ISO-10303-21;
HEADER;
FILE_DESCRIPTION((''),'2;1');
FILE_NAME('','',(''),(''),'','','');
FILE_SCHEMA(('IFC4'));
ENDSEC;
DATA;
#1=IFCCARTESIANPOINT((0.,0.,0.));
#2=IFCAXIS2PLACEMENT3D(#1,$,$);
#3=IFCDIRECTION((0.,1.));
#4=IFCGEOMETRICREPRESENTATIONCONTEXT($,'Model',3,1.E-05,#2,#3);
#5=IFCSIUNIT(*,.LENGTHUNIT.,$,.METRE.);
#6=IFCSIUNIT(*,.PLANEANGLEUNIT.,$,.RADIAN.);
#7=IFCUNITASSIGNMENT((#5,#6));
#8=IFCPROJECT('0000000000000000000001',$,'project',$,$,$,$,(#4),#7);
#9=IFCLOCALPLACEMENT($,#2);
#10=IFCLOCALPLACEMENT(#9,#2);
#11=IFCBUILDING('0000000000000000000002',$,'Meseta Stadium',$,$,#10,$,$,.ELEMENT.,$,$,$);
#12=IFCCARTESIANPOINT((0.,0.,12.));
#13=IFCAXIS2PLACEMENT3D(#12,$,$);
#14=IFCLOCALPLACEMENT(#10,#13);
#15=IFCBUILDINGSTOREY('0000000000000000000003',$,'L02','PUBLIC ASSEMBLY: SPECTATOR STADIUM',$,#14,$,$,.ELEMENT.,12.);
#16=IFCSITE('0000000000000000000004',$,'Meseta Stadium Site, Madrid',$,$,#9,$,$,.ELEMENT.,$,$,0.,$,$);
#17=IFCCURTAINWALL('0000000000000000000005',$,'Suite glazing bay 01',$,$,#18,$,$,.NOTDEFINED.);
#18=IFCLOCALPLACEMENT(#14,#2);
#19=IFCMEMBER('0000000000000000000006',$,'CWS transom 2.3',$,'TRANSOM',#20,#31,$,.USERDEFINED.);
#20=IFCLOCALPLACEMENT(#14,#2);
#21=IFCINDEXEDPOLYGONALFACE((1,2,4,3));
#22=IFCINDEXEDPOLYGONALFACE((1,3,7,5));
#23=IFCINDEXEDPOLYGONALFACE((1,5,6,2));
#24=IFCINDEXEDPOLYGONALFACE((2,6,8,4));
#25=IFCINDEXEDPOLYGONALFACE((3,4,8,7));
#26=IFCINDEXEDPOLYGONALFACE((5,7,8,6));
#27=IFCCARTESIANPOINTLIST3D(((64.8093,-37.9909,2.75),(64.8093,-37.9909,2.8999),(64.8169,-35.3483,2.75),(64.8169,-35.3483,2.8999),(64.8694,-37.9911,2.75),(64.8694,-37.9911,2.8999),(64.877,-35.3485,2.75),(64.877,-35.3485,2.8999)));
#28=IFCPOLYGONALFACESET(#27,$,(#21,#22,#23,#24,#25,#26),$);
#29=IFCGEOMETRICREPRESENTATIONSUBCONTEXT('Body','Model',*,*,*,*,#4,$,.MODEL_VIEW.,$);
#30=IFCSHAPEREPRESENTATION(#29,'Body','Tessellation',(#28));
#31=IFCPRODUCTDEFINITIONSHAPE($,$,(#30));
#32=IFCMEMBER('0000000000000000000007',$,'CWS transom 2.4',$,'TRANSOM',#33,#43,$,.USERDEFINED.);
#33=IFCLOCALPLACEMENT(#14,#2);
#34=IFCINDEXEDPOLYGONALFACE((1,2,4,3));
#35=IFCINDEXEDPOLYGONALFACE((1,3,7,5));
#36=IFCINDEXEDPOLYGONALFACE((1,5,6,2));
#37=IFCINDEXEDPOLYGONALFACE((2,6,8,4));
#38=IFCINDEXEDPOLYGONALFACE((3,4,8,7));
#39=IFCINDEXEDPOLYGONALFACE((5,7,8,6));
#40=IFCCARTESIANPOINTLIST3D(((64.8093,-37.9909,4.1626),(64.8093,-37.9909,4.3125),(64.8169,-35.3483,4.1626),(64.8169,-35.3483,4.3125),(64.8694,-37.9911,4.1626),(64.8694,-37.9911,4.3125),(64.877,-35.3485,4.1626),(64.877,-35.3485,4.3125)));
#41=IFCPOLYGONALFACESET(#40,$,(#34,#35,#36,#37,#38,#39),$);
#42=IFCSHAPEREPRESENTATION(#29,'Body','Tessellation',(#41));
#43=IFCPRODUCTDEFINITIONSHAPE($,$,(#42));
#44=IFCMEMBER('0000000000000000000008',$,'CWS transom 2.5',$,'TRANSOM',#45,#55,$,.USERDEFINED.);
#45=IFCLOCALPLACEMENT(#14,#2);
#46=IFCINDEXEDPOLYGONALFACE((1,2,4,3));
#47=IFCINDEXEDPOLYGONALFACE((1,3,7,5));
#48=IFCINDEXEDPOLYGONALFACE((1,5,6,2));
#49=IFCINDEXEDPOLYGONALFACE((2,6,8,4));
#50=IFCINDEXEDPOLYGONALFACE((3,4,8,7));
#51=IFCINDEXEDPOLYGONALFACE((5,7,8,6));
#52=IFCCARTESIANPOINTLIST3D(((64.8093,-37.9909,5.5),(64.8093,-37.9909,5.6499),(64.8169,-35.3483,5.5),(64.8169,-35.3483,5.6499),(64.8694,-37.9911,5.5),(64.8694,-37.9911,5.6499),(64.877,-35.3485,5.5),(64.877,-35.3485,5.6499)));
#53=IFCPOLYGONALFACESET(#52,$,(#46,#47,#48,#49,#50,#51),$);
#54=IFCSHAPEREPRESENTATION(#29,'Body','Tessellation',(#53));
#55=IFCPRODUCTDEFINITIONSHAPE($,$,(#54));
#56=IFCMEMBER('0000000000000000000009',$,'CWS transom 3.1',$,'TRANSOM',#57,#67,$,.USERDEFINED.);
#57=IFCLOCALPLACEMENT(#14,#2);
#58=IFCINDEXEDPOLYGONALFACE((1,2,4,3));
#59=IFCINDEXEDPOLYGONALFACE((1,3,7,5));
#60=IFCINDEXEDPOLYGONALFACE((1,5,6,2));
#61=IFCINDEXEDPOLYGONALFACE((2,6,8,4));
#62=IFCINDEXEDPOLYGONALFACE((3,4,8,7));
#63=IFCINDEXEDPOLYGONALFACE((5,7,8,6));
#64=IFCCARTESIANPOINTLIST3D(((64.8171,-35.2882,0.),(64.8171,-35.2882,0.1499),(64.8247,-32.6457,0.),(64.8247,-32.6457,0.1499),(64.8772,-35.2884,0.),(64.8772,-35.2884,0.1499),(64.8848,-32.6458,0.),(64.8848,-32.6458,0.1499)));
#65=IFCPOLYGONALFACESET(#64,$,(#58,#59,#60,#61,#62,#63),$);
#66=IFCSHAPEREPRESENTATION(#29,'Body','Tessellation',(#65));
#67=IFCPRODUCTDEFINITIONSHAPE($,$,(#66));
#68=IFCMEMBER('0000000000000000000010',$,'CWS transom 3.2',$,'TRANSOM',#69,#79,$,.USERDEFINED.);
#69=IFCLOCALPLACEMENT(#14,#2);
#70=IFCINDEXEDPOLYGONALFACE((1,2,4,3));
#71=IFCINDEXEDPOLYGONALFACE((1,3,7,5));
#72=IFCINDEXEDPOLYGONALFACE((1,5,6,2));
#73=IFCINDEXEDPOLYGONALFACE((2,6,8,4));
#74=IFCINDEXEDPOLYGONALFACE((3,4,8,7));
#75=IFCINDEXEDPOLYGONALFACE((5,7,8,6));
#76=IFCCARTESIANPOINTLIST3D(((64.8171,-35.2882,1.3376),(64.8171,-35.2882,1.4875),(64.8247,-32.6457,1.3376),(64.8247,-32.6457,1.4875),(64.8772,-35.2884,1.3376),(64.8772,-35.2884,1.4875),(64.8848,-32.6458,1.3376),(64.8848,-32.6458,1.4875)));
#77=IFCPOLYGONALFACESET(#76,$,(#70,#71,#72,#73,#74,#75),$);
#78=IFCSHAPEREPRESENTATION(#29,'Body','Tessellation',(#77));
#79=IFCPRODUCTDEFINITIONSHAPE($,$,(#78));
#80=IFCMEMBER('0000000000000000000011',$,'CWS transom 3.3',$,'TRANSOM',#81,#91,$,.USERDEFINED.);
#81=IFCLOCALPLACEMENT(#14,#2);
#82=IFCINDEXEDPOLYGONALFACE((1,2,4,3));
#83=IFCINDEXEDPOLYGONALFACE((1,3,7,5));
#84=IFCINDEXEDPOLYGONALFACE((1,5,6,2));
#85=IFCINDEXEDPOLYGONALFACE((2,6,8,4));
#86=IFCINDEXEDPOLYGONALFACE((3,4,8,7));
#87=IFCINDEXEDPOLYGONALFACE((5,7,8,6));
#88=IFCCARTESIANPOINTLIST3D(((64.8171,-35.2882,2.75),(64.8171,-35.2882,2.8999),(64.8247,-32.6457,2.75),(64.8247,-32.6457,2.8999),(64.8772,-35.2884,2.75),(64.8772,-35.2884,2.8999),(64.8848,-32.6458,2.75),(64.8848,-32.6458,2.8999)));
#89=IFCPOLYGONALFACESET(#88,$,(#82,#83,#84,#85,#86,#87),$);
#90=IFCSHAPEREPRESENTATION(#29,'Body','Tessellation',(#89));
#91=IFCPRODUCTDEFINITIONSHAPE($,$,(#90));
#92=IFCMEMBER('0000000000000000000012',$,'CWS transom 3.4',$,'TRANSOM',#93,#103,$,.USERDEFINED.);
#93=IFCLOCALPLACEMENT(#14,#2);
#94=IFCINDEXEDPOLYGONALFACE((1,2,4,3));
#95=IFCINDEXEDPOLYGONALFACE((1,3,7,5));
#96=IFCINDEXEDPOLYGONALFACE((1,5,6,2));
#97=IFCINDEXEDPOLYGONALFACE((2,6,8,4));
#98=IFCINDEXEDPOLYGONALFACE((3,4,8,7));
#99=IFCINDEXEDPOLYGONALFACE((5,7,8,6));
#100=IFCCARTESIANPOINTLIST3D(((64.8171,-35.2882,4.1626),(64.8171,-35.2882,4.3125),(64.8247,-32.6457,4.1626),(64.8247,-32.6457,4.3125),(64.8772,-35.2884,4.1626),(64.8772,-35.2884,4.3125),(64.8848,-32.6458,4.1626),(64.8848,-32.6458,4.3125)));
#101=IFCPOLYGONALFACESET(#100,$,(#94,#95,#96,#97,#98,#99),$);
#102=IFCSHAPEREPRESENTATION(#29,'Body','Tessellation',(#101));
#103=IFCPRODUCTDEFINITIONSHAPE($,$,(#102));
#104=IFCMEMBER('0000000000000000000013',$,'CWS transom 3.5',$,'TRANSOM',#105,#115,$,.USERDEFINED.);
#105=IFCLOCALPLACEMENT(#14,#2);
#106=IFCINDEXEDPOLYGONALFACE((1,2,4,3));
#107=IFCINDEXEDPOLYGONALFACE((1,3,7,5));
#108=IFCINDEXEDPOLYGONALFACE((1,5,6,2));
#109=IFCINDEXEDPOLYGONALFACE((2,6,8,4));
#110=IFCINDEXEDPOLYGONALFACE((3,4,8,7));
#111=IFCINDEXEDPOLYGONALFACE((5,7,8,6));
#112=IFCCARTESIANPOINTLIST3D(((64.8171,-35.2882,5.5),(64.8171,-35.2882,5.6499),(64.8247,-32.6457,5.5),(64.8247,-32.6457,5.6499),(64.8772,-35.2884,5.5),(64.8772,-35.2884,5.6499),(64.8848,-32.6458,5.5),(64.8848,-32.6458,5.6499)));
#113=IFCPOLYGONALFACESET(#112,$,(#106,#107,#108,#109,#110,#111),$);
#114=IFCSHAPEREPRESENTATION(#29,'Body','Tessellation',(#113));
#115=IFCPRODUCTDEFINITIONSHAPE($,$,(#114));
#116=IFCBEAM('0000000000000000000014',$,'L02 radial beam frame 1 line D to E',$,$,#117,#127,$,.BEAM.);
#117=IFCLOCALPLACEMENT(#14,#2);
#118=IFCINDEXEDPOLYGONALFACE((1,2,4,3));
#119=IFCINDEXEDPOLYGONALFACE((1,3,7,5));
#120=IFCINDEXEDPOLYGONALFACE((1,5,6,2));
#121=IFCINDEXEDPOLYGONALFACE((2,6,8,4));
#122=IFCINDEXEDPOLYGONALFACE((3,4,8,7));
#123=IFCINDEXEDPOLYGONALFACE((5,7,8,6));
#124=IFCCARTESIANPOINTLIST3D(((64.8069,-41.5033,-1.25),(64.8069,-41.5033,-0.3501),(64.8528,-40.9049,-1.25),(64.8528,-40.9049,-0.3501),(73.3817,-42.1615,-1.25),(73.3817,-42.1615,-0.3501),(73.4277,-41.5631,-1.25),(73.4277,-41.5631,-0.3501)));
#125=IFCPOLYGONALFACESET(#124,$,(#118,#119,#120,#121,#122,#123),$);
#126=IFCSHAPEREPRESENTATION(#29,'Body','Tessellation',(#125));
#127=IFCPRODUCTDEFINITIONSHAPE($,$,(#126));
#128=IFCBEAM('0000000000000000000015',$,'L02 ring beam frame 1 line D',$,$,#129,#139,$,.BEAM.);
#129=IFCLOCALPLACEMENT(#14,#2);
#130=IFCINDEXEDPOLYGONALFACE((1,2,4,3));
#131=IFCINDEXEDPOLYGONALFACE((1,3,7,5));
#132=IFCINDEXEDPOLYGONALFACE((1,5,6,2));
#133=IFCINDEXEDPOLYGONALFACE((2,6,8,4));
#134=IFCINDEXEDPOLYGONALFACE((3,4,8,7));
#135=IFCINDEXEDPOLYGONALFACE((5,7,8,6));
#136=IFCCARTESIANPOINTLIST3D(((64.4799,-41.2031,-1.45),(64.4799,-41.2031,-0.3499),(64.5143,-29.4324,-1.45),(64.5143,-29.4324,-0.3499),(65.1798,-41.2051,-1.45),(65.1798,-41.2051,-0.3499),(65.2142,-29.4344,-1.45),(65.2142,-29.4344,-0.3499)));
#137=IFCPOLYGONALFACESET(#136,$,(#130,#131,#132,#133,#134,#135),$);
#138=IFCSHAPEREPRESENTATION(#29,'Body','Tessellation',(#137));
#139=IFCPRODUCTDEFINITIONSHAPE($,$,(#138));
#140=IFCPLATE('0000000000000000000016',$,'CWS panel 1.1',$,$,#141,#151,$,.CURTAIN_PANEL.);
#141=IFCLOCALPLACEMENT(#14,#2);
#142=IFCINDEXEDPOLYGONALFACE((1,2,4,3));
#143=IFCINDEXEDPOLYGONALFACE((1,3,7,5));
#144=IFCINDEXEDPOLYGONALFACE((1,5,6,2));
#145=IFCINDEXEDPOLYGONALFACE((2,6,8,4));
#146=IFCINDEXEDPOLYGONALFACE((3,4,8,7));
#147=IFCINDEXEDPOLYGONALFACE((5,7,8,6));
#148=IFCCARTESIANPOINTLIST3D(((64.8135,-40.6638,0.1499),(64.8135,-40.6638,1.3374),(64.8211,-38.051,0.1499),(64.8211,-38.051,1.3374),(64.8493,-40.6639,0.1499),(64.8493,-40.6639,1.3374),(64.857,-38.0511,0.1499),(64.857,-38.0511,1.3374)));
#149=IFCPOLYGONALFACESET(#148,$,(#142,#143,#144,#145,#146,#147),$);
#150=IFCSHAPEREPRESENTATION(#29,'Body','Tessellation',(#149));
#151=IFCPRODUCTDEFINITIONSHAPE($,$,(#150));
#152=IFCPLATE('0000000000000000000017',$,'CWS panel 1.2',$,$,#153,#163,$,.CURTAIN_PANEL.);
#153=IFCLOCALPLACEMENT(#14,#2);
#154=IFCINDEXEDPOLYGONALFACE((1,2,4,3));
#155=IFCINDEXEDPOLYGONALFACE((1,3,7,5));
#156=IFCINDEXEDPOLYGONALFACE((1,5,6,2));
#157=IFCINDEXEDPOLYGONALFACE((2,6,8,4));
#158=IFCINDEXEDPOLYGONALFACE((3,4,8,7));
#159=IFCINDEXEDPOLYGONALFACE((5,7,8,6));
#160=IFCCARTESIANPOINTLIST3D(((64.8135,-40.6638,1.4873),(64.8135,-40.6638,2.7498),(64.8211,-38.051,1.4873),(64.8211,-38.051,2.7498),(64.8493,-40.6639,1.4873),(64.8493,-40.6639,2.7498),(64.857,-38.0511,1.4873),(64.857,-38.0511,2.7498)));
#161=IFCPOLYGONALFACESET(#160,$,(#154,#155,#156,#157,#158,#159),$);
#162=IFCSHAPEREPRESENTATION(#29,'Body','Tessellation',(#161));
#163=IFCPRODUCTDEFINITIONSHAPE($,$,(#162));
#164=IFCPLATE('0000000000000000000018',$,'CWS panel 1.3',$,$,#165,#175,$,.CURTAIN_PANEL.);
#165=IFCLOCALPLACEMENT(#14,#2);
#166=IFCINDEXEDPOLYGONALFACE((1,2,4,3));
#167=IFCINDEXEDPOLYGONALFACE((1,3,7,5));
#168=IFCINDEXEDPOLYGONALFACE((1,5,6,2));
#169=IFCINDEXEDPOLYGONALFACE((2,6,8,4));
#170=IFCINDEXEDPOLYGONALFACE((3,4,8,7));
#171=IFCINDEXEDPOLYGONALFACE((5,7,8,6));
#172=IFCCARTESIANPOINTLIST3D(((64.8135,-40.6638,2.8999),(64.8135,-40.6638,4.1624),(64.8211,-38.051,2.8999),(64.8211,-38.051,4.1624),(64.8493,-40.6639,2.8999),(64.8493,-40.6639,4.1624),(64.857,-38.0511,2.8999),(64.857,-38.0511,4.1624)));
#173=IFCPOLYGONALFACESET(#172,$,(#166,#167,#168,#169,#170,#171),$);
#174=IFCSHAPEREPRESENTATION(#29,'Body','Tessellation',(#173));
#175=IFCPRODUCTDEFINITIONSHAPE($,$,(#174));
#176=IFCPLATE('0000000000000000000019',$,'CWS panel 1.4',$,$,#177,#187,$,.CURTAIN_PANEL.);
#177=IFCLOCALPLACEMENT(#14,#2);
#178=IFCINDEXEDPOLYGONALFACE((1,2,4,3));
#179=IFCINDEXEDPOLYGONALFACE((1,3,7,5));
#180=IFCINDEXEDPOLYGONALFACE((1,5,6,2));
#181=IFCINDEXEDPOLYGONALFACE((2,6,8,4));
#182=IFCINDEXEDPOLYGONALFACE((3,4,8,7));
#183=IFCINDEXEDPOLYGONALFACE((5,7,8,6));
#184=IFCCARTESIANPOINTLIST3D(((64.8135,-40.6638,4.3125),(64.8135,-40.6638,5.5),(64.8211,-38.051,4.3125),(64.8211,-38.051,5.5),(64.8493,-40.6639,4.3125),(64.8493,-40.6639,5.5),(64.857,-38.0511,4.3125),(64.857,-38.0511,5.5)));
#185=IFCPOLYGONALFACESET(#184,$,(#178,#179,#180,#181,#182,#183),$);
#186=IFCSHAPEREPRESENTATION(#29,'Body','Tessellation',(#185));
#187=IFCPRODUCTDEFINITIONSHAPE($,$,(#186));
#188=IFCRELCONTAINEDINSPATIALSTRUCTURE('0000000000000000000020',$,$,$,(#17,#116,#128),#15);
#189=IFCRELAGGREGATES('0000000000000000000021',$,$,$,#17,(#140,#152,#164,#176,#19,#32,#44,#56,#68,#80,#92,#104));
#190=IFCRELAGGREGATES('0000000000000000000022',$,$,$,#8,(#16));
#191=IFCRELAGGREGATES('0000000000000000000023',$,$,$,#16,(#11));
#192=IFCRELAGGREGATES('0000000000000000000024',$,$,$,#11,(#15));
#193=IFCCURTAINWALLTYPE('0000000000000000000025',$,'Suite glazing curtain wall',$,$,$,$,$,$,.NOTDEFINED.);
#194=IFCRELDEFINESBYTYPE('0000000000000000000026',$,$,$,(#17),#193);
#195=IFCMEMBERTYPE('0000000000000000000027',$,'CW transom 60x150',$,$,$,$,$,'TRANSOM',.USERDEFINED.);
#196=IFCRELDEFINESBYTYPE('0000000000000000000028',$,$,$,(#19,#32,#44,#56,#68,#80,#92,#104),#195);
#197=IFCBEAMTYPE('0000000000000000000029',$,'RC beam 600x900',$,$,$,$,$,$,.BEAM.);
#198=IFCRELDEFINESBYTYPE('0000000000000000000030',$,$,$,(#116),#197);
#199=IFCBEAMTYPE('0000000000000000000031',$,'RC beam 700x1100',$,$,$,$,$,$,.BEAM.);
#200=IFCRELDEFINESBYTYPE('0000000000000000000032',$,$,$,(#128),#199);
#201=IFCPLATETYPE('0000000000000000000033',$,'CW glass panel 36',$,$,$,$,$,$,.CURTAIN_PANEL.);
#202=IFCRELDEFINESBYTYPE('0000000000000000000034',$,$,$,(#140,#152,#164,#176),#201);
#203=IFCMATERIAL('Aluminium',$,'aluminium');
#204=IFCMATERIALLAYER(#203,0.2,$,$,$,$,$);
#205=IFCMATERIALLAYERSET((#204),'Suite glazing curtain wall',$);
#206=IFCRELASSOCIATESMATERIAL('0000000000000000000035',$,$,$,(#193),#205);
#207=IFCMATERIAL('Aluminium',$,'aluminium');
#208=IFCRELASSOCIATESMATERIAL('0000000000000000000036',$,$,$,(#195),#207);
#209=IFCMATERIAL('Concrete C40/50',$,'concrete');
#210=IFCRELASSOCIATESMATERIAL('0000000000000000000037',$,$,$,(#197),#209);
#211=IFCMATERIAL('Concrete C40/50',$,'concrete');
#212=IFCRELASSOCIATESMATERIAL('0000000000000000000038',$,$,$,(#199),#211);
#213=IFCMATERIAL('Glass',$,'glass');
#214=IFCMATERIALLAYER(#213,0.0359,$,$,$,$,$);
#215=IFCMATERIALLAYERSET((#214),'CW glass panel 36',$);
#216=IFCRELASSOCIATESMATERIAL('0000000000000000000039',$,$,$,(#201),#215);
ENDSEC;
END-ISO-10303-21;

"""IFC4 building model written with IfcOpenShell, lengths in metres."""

from ifc_helpers import new_model, si_unit, direction, frame, origin, origin_2d, place, context, subcontext, project, spatial, rectangle, extrude, material, layer, layer_set, material_profile, profile_set, type_object, element, aggregate, save


model = new_model("IFC4")

# Units and contexts
model_context = context("Model", 3, precision=1e-05, world=origin(), true_north=direction((0.0, 1.0)))
body_context = subcontext(model_context, "Body", "Model", "MODEL_VIEW")
ifc_project = project(units=[si_unit("LENGTHUNIT", "METRE"), si_unit("PLANEANGLEUNIT", "RADIAN")], contexts=[model_context])

# Site, building, storey
site_placement = place(None, origin())
site = spatial("IfcSite", under=ifc_project, at=site_placement, Name="Meseta Stadium Site, Madrid", CompositionType="ELEMENT", RefElevation=0.0)
building_placement = place(site_placement, origin())
building = spatial("IfcBuilding", under=site, at=building_placement, Name="Meseta Stadium", CompositionType="ELEMENT")
storey_placement = place(building_placement, frame((0.0, 0.0, 12.0)))
storey = spatial("IfcBuildingStorey", under=building, at=storey_placement, Name="L02", Description="PUBLIC ASSEMBLY: SPECTATOR STADIUM", CompositionType="ELEMENT", Elevation=12.0)

# Shared definitions
ifc_material_1 = material(Name="Aluminium", Category="aluminium")
ifc_layer_1 = layer(ifc_material_1, 0.2)
ifc_layer_set_1 = layer_set([ifc_layer_1], Name="Suite glazing curtain wall")
curtain_wall_type = type_object("IfcCurtainWallType", Name="Suite glazing curtain wall", PredefinedType="NOTDEFINED", material=ifc_layer_set_1)

# Curtain wall, members
curtain_wall_1_placement = place(storey_placement, origin())
curtain_wall_1 = element("IfcCurtainWall", 1, at=curtain_wall_1_placement, inside=storey, type_object=curtain_wall_type, Name="Suite glazing bay 01", PredefinedType="NOTDEFINED")
ifc_material_2 = material(Name="Aluminium", Category="aluminium")
ifc_material_profile_1 = material_profile(ifc_material_2, rectangle(XDim=0.0601, YDim=0.1499, at=origin_2d()), Name="CW 60x150")
ifc_profile_set_1 = profile_set([ifc_material_profile_1], Name="Aluminium")
member_type_1 = type_object("IfcMemberType", Name="CW transom 60x150", ElementType="TRANSOM", PredefinedType="USERDEFINED", material=ifc_profile_set_1)
member_1_placement = place(storey_placement, frame((64.8394, -37.991, 2.825), z_axis=(0.002864, 0.999996, 0.0), x_axis=(-0.999996, 0.002864, 0.0)))
member_1 = element("IfcMember", 2, at=member_1_placement, type_object=member_type_1, Name="CWS transom 2.3", ObjectType="TRANSOM", PredefinedType="USERDEFINED", context=body_context, shape_type="SweptSolid", body=[
    extrude(rectangle(XDim=0.0601, YDim=0.1499, at=origin_2d()), origin(), (0.0, 0.0, 1.0), 2.6426),
])
member_2_placement = place(storey_placement, frame((64.8394, -37.991, 4.2375), z_axis=(0.002864, 0.999996, 0.0), x_axis=(-0.999996, 0.002864, 0.0)))
member_2 = element("IfcMember", 3, at=member_2_placement, type_object=member_type_1, Name="CWS transom 2.4", ObjectType="TRANSOM", PredefinedType="USERDEFINED", context=body_context, shape_type="SweptSolid", body=[
    extrude(rectangle(XDim=0.0601, YDim=0.1499, at=origin_2d()), origin(), (0.0, 0.0, 1.0), 2.6426),
])
member_3_placement = place(storey_placement, frame((64.8394, -37.991, 5.575), z_axis=(0.002864, 0.999996, 0.0), x_axis=(-0.999996, 0.002864, 0.0)))
member_3 = element("IfcMember", 4, at=member_3_placement, type_object=member_type_1, Name="CWS transom 2.5", ObjectType="TRANSOM", PredefinedType="USERDEFINED", context=body_context, shape_type="SweptSolid", body=[
    extrude(rectangle(XDim=0.0601, YDim=0.1499, at=origin_2d()), origin(), (0.0, 0.0, 1.0), 2.6426),
])
member_4_placement = place(storey_placement, frame((64.8472, -35.2883, 0.075), z_axis=(0.002864, 0.999996, 0.0), x_axis=(-0.999996, 0.002864, 0.0)))
member_4 = element("IfcMember", 5, at=member_4_placement, type_object=member_type_1, Name="CWS transom 3.1", ObjectType="TRANSOM", PredefinedType="USERDEFINED", context=body_context, shape_type="SweptSolid", body=[
    extrude(rectangle(XDim=0.0601, YDim=0.1499, at=origin_2d()), origin(), (0.0, 0.0, 1.0), 2.6426),
])
member_5_placement = place(storey_placement, frame((64.8472, -35.2883, 1.4126), z_axis=(0.002864, 0.999996, 0.0), x_axis=(-0.999996, 0.002864, 0.0)))
member_5 = element("IfcMember", 6, at=member_5_placement, type_object=member_type_1, Name="CWS transom 3.2", ObjectType="TRANSOM", PredefinedType="USERDEFINED", context=body_context, shape_type="SweptSolid", body=[
    extrude(rectangle(XDim=0.0601, YDim=0.1499, at=origin_2d()), origin(), (0.0, 0.0, 1.0), 2.6426),
])
member_6_placement = place(storey_placement, frame((64.8472, -35.2883, 2.825), z_axis=(0.002864, 0.999996, 0.0), x_axis=(-0.999996, 0.002864, 0.0)))
member_6 = element("IfcMember", 7, at=member_6_placement, type_object=member_type_1, Name="CWS transom 3.3", ObjectType="TRANSOM", PredefinedType="USERDEFINED", context=body_context, shape_type="SweptSolid", body=[
    extrude(rectangle(XDim=0.0601, YDim=0.1499, at=origin_2d()), origin(), (0.0, 0.0, 1.0), 2.6426),
])
member_7_placement = place(storey_placement, frame((64.8472, -35.2883, 4.2375), z_axis=(0.002864, 0.999996, 0.0), x_axis=(-0.999996, 0.002864, 0.0)))
member_7 = element("IfcMember", 8, at=member_7_placement, type_object=member_type_1, Name="CWS transom 3.4", ObjectType="TRANSOM", PredefinedType="USERDEFINED", context=body_context, shape_type="SweptSolid", body=[
    extrude(rectangle(XDim=0.0601, YDim=0.1499, at=origin_2d()), origin(), (0.0, 0.0, 1.0), 2.6426),
])
member_8_placement = place(storey_placement, frame((64.8472, -35.2883, 5.575), z_axis=(0.002864, 0.999996, 0.0), x_axis=(-0.999996, 0.002864, 0.0)))
member_8 = element("IfcMember", 9, at=member_8_placement, type_object=member_type_1, Name="CWS transom 3.5", ObjectType="TRANSOM", PredefinedType="USERDEFINED", context=body_context, shape_type="SweptSolid", body=[
    extrude(rectangle(XDim=0.0601, YDim=0.1499, at=origin_2d()), origin(), (0.0, 0.0, 1.0), 2.6426),
])

# Beams
ifc_material_3 = material(Name="Concrete C40/50", Category="concrete")
ifc_material_profile_2 = material_profile(ifc_material_3, rectangle(XDim=0.6001, YDim=0.8999, at=origin_2d()), Name="RC 600x900")
ifc_profile_set_2 = profile_set([ifc_material_profile_2], Name="Concrete C40/50")
beam_type_1 = type_object("IfcBeamType", Name="RC beam 600x900", PredefinedType="BEAM", material=ifc_profile_set_2)
beam_1_placement = place(storey_placement, frame((64.8298, -41.2041, -0.8), z_axis=(0.997067, -0.076534, 0.0), x_axis=(0.076534, 0.997067, 0.0)))
element("IfcBeam", 10, at=beam_1_placement, inside=storey, type_object=beam_type_1, Name="L02 radial beam frame 1 line D to E", PredefinedType="BEAM", context=body_context, shape_type="SweptSolid", body=[
    extrude(rectangle(XDim=0.6001, YDim=0.8999, at=origin_2d()), origin(), (0.0, 0.0, 1.0), 8.6001),
])
ifc_material_4 = material(Name="Concrete C40/50", Category="concrete")
ifc_material_profile_3 = material_profile(ifc_material_4, rectangle(XDim=0.7, YDim=1.1001, at=origin_2d()), Name="RC 700x1100")
ifc_profile_set_3 = profile_set([ifc_material_profile_3], Name="Concrete C40/50")
beam_type_2 = type_object("IfcBeamType", Name="RC beam 700x1100", PredefinedType="BEAM", material=ifc_profile_set_3)
beam_2_placement = place(storey_placement, frame((64.8298, -41.2041, -0.8999), z_axis=(0.002925, 0.999996, 0.0), x_axis=(-0.999996, 0.002925, 0.0)))
element("IfcBeam", 11, at=beam_2_placement, inside=storey, type_object=beam_type_2, Name="L02 ring beam frame 1 line D", PredefinedType="BEAM", context=body_context, shape_type="SweptSolid", body=[
    extrude(rectangle(XDim=0.7, YDim=1.1001, at=origin_2d()), origin(), (0.0, 0.0, 1.0), 11.7708),
])

# Plates
ifc_material_5 = material(Name="Glass", Category="glass")
ifc_layer_2 = layer(ifc_material_5, 0.0359)
ifc_layer_set_2 = layer_set([ifc_layer_2], Name="CW glass panel 36")
plate_type = type_object("IfcPlateType", Name="CW glass panel 36", PredefinedType="CURTAIN_PANEL", material=ifc_layer_set_2)
plate_1_placement = place(storey_placement, frame((64.8352, -39.3574, 0.1499), z_axis=(0.0, 0.0, 1.0), x_axis=(0.00291, 0.999996, 0.0)))
plate_1 = element("IfcPlate", 12, at=plate_1_placement, type_object=plate_type, Name="CWS panel 1.1", PredefinedType="CURTAIN_PANEL", context=body_context, shape_type="SweptSolid", body=[
    extrude(rectangle(XDim=2.6128, YDim=0.0359, at=origin_2d()), origin(), (0.0, 0.0, 1.0), 1.1875),
])
plate_2_placement = place(storey_placement, frame((64.8352, -39.3574, 1.4873), z_axis=(0.0, 0.0, 1.0), x_axis=(0.00291, 0.999996, 0.0)))
plate_2 = element("IfcPlate", 13, at=plate_2_placement, type_object=plate_type, Name="CWS panel 1.2", PredefinedType="CURTAIN_PANEL", context=body_context, shape_type="SweptSolid", body=[
    extrude(rectangle(XDim=2.6128, YDim=0.0359, at=origin_2d()), origin(), (0.0, 0.0, 1.0), 1.2625),
])
plate_3_placement = place(storey_placement, frame((64.8352, -39.3574, 2.8999), z_axis=(0.0, 0.0, 1.0), x_axis=(0.00291, 0.999996, 0.0)))
plate_3 = element("IfcPlate", 14, at=plate_3_placement, type_object=plate_type, Name="CWS panel 1.3", PredefinedType="CURTAIN_PANEL", context=body_context, shape_type="SweptSolid", body=[
    extrude(rectangle(XDim=2.6128, YDim=0.0359, at=origin_2d()), origin(), (0.0, 0.0, 1.0), 1.2625),
])
plate_4_placement = place(storey_placement, frame((64.8352, -39.3574, 4.3125), z_axis=(0.0, 0.0, 1.0), x_axis=(0.00291, 0.999996, 0.0)))
plate_4 = element("IfcPlate", 15, at=plate_4_placement, type_object=plate_type, Name="CWS panel 1.4", PredefinedType="CURTAIN_PANEL", context=body_context, shape_type="SweptSolid", body=[
    extrude(rectangle(XDim=2.6128, YDim=0.0359, at=origin_2d()), origin(), (0.0, 0.0, 1.0), 1.1875),
])
aggregate(curtain_wall_1, [plate_1, plate_2, plate_3, plate_4, member_1, member_2, member_3, member_4, member_5, member_6, member_7, member_8])

save(model, "model.ifc")
